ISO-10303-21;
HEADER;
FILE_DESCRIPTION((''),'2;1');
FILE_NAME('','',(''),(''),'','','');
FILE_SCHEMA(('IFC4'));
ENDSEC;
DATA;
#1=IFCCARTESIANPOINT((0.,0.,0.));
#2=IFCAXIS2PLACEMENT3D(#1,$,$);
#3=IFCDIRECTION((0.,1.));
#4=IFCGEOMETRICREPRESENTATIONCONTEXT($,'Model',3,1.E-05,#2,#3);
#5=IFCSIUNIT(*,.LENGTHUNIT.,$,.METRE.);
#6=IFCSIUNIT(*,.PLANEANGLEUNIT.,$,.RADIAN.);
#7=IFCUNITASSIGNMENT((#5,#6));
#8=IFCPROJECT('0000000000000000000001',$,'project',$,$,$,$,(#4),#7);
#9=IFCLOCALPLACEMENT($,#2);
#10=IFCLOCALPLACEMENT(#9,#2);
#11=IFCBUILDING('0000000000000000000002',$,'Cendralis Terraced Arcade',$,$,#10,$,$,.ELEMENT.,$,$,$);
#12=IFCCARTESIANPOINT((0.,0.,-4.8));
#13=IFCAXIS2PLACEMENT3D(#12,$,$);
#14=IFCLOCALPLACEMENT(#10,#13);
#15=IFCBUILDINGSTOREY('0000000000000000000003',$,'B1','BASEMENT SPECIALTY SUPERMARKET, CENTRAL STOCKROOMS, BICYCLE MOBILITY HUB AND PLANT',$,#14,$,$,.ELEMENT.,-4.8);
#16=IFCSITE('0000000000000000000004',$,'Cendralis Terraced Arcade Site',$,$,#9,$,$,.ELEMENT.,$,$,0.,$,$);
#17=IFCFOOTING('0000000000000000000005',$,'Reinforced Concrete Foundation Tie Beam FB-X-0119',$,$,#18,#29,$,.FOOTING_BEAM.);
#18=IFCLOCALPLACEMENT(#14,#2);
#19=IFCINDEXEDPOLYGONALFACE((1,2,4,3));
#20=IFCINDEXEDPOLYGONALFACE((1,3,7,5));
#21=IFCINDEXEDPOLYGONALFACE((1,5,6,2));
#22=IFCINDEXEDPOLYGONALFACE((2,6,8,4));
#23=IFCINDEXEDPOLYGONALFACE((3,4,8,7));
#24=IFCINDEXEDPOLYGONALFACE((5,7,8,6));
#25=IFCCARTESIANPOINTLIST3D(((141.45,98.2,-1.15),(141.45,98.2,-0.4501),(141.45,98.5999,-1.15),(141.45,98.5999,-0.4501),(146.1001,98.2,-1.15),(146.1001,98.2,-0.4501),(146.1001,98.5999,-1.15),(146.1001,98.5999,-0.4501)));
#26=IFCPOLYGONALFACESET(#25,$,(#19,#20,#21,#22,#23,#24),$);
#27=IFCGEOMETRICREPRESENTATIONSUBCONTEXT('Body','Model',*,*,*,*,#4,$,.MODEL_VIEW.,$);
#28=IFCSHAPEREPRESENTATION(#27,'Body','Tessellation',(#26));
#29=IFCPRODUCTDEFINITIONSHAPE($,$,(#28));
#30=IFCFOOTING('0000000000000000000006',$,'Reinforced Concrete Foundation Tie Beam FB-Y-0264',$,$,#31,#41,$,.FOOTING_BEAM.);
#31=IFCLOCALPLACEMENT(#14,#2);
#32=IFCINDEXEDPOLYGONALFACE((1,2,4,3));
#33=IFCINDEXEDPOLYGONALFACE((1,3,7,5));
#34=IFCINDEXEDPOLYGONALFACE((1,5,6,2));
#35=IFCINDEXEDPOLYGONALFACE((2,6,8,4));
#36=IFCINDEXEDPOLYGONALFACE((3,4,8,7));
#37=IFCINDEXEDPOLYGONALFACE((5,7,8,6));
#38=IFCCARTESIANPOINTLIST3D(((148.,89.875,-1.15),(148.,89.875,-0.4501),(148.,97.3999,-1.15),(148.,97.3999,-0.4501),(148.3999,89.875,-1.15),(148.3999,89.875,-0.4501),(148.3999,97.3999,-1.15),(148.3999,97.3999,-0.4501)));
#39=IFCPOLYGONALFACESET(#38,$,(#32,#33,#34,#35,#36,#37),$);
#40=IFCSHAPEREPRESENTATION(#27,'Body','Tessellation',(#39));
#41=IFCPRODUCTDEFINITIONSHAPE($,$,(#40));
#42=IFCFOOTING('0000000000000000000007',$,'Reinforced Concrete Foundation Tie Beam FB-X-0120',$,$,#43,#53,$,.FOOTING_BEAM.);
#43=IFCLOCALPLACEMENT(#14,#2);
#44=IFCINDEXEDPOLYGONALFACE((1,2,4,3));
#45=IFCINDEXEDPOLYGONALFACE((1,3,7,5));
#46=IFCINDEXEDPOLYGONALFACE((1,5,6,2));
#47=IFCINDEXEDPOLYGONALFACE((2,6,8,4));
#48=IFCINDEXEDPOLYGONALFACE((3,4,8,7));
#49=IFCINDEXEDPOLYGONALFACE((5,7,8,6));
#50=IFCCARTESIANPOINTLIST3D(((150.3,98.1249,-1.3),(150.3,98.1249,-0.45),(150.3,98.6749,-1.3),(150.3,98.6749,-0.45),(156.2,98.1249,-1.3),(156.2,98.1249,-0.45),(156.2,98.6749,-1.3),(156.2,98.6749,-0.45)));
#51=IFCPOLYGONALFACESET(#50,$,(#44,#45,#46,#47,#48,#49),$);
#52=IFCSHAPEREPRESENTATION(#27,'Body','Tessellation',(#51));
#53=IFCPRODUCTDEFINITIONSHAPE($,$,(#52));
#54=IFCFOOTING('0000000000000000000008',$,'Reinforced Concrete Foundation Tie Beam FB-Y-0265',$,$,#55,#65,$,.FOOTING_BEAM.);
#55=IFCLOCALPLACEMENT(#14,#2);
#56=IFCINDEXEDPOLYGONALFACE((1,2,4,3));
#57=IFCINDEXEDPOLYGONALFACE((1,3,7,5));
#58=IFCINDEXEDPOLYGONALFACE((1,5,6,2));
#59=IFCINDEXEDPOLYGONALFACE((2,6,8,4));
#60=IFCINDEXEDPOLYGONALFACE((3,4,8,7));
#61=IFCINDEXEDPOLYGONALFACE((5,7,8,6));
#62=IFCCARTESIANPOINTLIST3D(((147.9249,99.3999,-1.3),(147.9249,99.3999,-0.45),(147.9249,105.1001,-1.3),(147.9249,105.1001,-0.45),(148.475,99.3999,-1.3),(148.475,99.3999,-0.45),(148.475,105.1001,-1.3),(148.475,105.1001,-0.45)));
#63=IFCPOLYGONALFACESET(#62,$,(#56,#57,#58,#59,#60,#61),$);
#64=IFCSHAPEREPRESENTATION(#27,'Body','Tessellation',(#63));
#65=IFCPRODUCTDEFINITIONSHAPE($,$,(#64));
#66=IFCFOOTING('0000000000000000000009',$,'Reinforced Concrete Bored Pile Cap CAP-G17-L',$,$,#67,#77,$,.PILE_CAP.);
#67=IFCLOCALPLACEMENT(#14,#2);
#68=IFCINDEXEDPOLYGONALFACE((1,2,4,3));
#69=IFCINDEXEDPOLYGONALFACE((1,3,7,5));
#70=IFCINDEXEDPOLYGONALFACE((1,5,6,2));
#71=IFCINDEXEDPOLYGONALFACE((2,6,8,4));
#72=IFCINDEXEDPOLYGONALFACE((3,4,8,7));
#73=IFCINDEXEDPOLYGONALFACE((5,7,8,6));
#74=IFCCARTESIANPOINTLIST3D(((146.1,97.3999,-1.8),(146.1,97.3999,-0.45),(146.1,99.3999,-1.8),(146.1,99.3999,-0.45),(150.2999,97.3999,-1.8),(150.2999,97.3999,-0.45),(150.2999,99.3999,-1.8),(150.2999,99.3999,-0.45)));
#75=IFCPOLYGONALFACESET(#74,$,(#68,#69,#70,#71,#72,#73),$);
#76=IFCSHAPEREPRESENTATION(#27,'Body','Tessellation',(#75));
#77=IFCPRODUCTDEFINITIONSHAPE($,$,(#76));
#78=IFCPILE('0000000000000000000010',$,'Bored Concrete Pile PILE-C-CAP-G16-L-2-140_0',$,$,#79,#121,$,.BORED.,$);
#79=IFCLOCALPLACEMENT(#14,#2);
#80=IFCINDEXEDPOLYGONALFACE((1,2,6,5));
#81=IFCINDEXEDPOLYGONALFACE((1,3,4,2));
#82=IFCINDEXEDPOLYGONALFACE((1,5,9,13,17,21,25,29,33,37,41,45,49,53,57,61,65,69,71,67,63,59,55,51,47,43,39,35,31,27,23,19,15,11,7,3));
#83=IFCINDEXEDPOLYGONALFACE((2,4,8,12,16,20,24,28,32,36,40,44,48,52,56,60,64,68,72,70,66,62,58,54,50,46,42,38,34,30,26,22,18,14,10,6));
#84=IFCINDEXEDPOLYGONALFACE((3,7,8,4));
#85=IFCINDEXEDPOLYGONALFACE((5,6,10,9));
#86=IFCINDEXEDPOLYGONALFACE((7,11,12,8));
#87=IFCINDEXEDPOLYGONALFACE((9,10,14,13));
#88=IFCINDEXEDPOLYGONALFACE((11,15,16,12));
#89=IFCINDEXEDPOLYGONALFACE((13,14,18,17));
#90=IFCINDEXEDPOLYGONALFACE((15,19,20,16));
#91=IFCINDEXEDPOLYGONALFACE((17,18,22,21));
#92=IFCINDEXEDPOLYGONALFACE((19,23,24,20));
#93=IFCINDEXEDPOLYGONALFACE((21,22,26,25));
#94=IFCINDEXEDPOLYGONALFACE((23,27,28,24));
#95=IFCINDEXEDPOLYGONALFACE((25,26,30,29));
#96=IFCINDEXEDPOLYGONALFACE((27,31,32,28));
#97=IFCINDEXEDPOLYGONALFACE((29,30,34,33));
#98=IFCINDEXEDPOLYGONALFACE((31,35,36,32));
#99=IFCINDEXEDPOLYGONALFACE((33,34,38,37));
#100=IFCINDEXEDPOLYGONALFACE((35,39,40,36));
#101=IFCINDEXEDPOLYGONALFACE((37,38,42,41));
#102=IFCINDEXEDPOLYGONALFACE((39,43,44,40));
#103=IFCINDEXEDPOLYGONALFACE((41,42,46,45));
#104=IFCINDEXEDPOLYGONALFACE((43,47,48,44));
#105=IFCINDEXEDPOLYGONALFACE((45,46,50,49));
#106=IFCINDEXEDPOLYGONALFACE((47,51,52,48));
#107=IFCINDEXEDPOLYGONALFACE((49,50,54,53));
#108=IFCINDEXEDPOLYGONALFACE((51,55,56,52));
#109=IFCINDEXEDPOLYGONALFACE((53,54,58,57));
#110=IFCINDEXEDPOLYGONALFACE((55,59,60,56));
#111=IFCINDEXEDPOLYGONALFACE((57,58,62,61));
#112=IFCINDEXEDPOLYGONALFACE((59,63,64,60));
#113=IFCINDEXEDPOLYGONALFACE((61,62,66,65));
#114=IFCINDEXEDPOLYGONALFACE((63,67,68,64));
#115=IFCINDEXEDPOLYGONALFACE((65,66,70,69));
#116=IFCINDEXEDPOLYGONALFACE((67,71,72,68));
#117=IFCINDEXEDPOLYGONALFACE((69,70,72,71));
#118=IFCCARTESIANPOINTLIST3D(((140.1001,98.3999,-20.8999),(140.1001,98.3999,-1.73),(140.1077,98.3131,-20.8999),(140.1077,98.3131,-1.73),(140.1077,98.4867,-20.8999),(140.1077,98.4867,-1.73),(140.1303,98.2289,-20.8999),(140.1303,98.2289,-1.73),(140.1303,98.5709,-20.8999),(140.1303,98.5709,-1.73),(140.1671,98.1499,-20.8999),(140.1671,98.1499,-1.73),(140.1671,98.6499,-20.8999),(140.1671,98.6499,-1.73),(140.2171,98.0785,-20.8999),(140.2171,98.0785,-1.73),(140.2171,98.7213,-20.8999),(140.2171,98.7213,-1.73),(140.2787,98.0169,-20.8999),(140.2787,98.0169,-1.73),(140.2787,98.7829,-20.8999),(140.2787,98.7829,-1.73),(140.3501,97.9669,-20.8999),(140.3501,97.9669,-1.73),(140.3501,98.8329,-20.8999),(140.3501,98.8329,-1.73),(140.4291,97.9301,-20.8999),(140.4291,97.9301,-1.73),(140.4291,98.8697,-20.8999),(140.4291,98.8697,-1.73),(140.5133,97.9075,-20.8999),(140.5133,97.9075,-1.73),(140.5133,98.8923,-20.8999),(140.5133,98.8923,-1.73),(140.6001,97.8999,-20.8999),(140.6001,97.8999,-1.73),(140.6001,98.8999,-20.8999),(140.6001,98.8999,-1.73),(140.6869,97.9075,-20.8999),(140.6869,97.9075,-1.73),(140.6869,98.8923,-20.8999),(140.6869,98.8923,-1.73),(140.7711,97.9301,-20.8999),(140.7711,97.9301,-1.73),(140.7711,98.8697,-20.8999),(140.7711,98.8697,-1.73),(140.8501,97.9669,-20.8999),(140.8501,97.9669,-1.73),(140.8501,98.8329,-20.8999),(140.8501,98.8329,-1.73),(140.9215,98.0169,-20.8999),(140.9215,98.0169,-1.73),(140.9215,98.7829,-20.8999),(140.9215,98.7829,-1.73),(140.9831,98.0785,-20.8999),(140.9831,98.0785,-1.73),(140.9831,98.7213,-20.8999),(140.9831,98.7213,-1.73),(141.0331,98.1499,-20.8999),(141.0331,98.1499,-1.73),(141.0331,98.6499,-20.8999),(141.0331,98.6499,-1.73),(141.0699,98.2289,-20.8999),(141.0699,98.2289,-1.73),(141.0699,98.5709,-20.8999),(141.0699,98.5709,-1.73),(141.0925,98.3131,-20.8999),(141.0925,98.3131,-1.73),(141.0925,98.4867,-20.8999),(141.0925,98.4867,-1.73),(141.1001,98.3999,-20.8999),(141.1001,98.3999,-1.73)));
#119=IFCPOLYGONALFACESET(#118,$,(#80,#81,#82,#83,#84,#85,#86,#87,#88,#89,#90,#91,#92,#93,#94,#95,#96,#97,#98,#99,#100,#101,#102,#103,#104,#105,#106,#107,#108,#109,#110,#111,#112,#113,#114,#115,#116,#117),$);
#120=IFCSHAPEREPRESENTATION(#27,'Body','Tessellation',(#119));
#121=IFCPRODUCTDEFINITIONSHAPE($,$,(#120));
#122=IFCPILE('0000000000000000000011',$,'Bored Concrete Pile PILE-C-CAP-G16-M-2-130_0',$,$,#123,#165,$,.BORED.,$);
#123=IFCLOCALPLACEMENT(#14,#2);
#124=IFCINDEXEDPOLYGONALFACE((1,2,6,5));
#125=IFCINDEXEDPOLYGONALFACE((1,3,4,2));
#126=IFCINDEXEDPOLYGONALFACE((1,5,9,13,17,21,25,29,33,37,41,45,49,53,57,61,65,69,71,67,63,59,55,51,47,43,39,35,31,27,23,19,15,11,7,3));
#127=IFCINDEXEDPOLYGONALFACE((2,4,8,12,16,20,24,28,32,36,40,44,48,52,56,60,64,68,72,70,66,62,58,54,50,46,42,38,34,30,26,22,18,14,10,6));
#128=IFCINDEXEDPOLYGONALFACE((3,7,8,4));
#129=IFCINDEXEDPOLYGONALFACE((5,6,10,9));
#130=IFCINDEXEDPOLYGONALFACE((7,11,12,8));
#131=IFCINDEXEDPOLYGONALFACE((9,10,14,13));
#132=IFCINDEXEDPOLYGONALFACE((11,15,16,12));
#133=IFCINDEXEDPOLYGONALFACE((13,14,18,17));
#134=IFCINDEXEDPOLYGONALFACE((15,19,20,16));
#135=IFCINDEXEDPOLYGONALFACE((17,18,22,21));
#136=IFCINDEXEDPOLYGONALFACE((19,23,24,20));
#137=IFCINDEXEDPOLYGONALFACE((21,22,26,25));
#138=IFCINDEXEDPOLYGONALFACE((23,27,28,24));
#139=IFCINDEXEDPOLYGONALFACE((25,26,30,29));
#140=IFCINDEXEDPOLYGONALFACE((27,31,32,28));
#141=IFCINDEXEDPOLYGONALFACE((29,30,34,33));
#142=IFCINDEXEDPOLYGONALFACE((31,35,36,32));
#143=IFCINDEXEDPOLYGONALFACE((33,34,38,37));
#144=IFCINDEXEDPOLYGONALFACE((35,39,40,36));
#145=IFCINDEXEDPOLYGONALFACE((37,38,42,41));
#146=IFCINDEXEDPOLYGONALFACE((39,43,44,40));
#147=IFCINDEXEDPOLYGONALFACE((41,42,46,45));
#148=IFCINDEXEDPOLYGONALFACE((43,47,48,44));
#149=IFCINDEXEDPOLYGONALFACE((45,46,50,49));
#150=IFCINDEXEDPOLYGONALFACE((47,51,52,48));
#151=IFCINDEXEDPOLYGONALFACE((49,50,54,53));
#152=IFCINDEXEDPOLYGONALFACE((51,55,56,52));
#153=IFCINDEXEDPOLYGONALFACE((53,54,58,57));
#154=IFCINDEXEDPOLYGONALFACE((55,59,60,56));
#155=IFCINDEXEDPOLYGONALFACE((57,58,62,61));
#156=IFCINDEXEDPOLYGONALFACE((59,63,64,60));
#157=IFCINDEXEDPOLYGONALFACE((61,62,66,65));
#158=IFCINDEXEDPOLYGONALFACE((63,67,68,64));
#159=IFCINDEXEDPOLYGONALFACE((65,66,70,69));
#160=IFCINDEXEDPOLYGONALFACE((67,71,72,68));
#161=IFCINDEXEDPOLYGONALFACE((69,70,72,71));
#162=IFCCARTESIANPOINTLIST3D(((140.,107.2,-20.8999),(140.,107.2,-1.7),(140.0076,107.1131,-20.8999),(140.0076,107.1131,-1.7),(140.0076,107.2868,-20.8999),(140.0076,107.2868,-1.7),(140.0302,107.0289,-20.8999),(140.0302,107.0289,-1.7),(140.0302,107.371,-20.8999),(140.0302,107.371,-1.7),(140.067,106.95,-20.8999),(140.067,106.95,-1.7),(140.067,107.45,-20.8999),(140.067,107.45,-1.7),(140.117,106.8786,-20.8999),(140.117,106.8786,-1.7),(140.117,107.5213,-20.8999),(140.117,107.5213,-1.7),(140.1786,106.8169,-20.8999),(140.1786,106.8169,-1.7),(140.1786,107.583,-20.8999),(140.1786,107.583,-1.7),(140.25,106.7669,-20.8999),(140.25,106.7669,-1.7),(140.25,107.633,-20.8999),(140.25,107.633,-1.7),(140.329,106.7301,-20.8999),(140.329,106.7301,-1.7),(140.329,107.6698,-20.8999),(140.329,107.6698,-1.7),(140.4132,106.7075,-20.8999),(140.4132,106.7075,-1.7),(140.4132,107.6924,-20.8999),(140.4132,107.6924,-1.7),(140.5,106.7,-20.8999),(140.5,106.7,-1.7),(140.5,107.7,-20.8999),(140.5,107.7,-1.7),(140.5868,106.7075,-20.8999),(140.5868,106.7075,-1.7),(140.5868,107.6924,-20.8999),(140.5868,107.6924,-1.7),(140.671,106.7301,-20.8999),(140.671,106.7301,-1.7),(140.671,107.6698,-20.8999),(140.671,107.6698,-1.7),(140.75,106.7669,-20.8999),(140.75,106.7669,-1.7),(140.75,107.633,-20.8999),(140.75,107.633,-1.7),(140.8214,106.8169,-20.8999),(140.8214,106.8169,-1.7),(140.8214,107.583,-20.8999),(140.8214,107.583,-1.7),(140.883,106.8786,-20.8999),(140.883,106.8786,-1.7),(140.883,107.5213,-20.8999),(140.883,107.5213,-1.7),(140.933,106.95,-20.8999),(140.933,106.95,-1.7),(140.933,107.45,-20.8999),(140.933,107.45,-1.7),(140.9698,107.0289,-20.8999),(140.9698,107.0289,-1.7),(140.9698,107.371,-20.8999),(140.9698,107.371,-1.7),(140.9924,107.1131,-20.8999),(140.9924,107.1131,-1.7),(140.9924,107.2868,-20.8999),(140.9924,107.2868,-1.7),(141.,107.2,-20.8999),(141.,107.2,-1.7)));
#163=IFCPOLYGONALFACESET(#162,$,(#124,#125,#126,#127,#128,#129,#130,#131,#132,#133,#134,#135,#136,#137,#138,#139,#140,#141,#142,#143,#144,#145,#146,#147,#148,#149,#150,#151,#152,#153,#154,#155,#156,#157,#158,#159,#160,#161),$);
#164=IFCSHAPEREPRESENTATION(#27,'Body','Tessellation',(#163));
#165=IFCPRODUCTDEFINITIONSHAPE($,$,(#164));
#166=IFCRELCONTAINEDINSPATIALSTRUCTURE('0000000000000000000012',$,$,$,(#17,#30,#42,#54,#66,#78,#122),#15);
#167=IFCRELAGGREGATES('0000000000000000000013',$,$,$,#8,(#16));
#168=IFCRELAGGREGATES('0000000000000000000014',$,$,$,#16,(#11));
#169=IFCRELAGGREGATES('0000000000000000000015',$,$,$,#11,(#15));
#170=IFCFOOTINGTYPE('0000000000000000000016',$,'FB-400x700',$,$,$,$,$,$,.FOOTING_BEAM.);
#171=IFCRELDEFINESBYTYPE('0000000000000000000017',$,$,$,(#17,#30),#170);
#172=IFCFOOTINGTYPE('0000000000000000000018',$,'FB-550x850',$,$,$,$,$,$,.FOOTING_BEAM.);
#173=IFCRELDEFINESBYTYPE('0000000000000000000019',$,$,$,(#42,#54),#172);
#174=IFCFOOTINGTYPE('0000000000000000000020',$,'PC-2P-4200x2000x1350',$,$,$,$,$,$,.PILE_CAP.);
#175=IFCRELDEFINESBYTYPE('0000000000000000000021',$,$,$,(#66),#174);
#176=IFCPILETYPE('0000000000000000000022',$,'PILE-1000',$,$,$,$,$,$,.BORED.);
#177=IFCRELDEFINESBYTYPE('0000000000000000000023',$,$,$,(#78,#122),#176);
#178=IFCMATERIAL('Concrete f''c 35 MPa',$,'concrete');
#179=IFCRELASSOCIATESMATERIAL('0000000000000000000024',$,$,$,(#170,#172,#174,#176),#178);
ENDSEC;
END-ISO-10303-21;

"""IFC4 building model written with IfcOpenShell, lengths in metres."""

from ifc_helpers import new_model, si_unit, direction, frame, origin, origin_2d, place, context, subcontext, project, spatial, rectangle, circle, extrude, material, material_profile, profile_set, type_object, element, save


model = new_model("IFC4")

# Units and contexts
model_context = context("Model", 3, precision=1e-05, world=origin(), true_north=direction((0.0, 1.0)))
body_context = subcontext(model_context, "Body", "Model", "MODEL_VIEW")
ifc_project = project(units=[si_unit("LENGTHUNIT", "METRE"), si_unit("PLANEANGLEUNIT", "RADIAN")], contexts=[model_context])

# Site, building, storey
site_placement = place(None, origin())
site = spatial("IfcSite", under=ifc_project, at=site_placement, Name="Cendralis Terraced Arcade Site", CompositionType="ELEMENT", RefElevation=0.0)
building_placement = place(site_placement, origin())
building = spatial("IfcBuilding", under=site, at=building_placement, Name="Cendralis Terraced Arcade", CompositionType="ELEMENT")
storey_placement = place(building_placement, frame((0.0, 0.0, -4.8)))
storey = spatial("IfcBuildingStorey", under=building, at=storey_placement, Name="B1", Description="BASEMENT SPECIALTY SUPERMARKET, CENTRAL STOCKROOMS, BICYCLE MOBILITY HUB AND PLANT", CompositionType="ELEMENT", Elevation=-4.8)

# Footings
ifc_material_1 = material(Name="Concrete f'c 35 MPa", Category="concrete")
ifc_material_profile_1 = material_profile(ifc_material_1, rectangle(XDim=0.3999, YDim=0.7, at=origin_2d()), Name="FB-400x700", Category="LoadBearing")
ifc_profile_set_1 = profile_set([ifc_material_profile_1], Name="Concrete f'c 35 MPa")
footing_type_1 = type_object("IfcFootingType", Name="FB-400x700", PredefinedType="FOOTING_BEAM", material=ifc_profile_set_1)
footing_1_placement = place(storey_placement, frame((141.45, 98.3999, -0.8), z_axis=(1.0, 0.0, 0.0), x_axis=(0.0, 1.0, 0.0)))
element("IfcFooting", 1, at=footing_1_placement, inside=storey, type_object=footing_type_1, Name="Reinforced Concrete Foundation Tie Beam FB-X-0119", PredefinedType="FOOTING_BEAM", context=body_context, shape_type="SweptSolid", body=[
    extrude(rectangle(XDim=0.3999, YDim=0.7, at=origin_2d()), origin(), (0.0, 0.0, 1.0), 4.6501),
])
footing_2_placement = place(storey_placement, frame((148.2, 89.875, -0.8), z_axis=(0.0, 1.0, 0.0), x_axis=(-1.0, 0.0, 0.0)))
element("IfcFooting", 2, at=footing_2_placement, inside=storey, type_object=footing_type_1, Name="Reinforced Concrete Foundation Tie Beam FB-Y-0264", PredefinedType="FOOTING_BEAM", context=body_context, shape_type="SweptSolid", body=[
    extrude(rectangle(XDim=0.3999, YDim=0.7, at=origin_2d()), origin(), (0.0, 0.0, 1.0), 7.5249),
])
ifc_material_profile_2 = material_profile(ifc_material_1, rectangle(XDim=0.55, YDim=0.8501, at=origin_2d()), Name="FB-550x850", Category="LoadBearing")
ifc_profile_set_2 = profile_set([ifc_material_profile_2], Name="Concrete f'c 35 MPa")
footing_type_2 = type_object("IfcFootingType", Name="FB-550x850", PredefinedType="FOOTING_BEAM", material=ifc_profile_set_2)
footing_3_placement = place(storey_placement, frame((150.3, 98.3999, -0.875), z_axis=(1.0, 0.0, 0.0), x_axis=(0.0, 1.0, 0.0)))
element("IfcFooting", 3, at=footing_3_placement, inside=storey, type_object=footing_type_2, Name="Reinforced Concrete Foundation Tie Beam FB-X-0120", PredefinedType="FOOTING_BEAM", context=body_context, shape_type="SweptSolid", body=[
    extrude(rectangle(XDim=0.55, YDim=0.8501, at=origin_2d()), origin(), (0.0, 0.0, 1.0), 5.8999),
])
footing_4_placement = place(storey_placement, frame((148.2, 99.3999, -0.875), z_axis=(0.0, 1.0, 0.0), x_axis=(-1.0, 0.0, 0.0)))
element("IfcFooting", 4, at=footing_4_placement, inside=storey, type_object=footing_type_2, Name="Reinforced Concrete Foundation Tie Beam FB-Y-0265", PredefinedType="FOOTING_BEAM", context=body_context, shape_type="SweptSolid", body=[
    extrude(rectangle(XDim=0.55, YDim=0.8501, at=origin_2d()), origin(), (0.0, 0.0, 1.0), 5.7002),
])
footing_type_3 = type_object("IfcFootingType", Name="PC-2P-4200x2000x1350", PredefinedType="PILE_CAP", material=ifc_material_1)
footing_5_placement = place(storey_placement, frame((148.2, 98.3999, -1.8), z_axis=(0.0, 0.0, 1.0), x_axis=(1.0, 0.0, 0.0)))
element("IfcFooting", 5, at=footing_5_placement, inside=storey, type_object=footing_type_3, Name="Reinforced Concrete Bored Pile Cap CAP-G17-L", PredefinedType="PILE_CAP", context=body_context, shape_type="SweptSolid", body=[
    extrude(rectangle(XDim=4.2, YDim=2.0, at=origin_2d()), origin(), (0.0, 0.0, 1.0), 1.3501),
])

# Piles
ifc_material_profile_3 = material_profile(ifc_material_1, circle(Radius=0.5, at=origin_2d()), Name="PILE-D1000", Category="LoadBearing")
ifc_profile_set_3 = profile_set([ifc_material_profile_3], Name="Concrete f'c 35 MPa")
pile_type_1 = type_object("IfcPileType", Name="PILE-1000", PredefinedType="BORED", material=ifc_profile_set_3)
pile_1_placement = place(storey_placement, frame((140.6001, 98.3999, -1.73), z_axis=(0.0, 0.0, -1.0), x_axis=(1.0, 0.0, 0.0)))
element("IfcPile", 6, at=pile_1_placement, inside=storey, type_object=pile_type_1, Name="Bored Concrete Pile PILE-C-CAP-G16-L-2-140_0", PredefinedType="BORED", context=body_context, shape_type="SweptSolid", body=[
    extrude(circle(Radius=0.5, at=origin_2d()), origin(), (0.0, 0.0, 1.0), 19.1699),
])
for number, where, z_axis, x_axis, name in (
    (7, (140.5, 107.2, -1.7), (0.0, 0.0, -1.0), (1.0, 0.0, 0.0), "Bored Concrete Pile PILE-C-CAP-G16-M-2-130_0"),
):
    element("IfcPile", number, at=place(storey_placement, frame(where, z_axis=z_axis, x_axis=x_axis)), inside=storey, type_object=pile_type_1, Name=name, PredefinedType="BORED", context=body_context, shape_type="SweptSolid", body=[
        extrude(circle(Radius=0.5, at=origin_2d()), origin(), (0.0, 0.0, 1.0), 19.2),
    ])

save(model, "model.ifc")
